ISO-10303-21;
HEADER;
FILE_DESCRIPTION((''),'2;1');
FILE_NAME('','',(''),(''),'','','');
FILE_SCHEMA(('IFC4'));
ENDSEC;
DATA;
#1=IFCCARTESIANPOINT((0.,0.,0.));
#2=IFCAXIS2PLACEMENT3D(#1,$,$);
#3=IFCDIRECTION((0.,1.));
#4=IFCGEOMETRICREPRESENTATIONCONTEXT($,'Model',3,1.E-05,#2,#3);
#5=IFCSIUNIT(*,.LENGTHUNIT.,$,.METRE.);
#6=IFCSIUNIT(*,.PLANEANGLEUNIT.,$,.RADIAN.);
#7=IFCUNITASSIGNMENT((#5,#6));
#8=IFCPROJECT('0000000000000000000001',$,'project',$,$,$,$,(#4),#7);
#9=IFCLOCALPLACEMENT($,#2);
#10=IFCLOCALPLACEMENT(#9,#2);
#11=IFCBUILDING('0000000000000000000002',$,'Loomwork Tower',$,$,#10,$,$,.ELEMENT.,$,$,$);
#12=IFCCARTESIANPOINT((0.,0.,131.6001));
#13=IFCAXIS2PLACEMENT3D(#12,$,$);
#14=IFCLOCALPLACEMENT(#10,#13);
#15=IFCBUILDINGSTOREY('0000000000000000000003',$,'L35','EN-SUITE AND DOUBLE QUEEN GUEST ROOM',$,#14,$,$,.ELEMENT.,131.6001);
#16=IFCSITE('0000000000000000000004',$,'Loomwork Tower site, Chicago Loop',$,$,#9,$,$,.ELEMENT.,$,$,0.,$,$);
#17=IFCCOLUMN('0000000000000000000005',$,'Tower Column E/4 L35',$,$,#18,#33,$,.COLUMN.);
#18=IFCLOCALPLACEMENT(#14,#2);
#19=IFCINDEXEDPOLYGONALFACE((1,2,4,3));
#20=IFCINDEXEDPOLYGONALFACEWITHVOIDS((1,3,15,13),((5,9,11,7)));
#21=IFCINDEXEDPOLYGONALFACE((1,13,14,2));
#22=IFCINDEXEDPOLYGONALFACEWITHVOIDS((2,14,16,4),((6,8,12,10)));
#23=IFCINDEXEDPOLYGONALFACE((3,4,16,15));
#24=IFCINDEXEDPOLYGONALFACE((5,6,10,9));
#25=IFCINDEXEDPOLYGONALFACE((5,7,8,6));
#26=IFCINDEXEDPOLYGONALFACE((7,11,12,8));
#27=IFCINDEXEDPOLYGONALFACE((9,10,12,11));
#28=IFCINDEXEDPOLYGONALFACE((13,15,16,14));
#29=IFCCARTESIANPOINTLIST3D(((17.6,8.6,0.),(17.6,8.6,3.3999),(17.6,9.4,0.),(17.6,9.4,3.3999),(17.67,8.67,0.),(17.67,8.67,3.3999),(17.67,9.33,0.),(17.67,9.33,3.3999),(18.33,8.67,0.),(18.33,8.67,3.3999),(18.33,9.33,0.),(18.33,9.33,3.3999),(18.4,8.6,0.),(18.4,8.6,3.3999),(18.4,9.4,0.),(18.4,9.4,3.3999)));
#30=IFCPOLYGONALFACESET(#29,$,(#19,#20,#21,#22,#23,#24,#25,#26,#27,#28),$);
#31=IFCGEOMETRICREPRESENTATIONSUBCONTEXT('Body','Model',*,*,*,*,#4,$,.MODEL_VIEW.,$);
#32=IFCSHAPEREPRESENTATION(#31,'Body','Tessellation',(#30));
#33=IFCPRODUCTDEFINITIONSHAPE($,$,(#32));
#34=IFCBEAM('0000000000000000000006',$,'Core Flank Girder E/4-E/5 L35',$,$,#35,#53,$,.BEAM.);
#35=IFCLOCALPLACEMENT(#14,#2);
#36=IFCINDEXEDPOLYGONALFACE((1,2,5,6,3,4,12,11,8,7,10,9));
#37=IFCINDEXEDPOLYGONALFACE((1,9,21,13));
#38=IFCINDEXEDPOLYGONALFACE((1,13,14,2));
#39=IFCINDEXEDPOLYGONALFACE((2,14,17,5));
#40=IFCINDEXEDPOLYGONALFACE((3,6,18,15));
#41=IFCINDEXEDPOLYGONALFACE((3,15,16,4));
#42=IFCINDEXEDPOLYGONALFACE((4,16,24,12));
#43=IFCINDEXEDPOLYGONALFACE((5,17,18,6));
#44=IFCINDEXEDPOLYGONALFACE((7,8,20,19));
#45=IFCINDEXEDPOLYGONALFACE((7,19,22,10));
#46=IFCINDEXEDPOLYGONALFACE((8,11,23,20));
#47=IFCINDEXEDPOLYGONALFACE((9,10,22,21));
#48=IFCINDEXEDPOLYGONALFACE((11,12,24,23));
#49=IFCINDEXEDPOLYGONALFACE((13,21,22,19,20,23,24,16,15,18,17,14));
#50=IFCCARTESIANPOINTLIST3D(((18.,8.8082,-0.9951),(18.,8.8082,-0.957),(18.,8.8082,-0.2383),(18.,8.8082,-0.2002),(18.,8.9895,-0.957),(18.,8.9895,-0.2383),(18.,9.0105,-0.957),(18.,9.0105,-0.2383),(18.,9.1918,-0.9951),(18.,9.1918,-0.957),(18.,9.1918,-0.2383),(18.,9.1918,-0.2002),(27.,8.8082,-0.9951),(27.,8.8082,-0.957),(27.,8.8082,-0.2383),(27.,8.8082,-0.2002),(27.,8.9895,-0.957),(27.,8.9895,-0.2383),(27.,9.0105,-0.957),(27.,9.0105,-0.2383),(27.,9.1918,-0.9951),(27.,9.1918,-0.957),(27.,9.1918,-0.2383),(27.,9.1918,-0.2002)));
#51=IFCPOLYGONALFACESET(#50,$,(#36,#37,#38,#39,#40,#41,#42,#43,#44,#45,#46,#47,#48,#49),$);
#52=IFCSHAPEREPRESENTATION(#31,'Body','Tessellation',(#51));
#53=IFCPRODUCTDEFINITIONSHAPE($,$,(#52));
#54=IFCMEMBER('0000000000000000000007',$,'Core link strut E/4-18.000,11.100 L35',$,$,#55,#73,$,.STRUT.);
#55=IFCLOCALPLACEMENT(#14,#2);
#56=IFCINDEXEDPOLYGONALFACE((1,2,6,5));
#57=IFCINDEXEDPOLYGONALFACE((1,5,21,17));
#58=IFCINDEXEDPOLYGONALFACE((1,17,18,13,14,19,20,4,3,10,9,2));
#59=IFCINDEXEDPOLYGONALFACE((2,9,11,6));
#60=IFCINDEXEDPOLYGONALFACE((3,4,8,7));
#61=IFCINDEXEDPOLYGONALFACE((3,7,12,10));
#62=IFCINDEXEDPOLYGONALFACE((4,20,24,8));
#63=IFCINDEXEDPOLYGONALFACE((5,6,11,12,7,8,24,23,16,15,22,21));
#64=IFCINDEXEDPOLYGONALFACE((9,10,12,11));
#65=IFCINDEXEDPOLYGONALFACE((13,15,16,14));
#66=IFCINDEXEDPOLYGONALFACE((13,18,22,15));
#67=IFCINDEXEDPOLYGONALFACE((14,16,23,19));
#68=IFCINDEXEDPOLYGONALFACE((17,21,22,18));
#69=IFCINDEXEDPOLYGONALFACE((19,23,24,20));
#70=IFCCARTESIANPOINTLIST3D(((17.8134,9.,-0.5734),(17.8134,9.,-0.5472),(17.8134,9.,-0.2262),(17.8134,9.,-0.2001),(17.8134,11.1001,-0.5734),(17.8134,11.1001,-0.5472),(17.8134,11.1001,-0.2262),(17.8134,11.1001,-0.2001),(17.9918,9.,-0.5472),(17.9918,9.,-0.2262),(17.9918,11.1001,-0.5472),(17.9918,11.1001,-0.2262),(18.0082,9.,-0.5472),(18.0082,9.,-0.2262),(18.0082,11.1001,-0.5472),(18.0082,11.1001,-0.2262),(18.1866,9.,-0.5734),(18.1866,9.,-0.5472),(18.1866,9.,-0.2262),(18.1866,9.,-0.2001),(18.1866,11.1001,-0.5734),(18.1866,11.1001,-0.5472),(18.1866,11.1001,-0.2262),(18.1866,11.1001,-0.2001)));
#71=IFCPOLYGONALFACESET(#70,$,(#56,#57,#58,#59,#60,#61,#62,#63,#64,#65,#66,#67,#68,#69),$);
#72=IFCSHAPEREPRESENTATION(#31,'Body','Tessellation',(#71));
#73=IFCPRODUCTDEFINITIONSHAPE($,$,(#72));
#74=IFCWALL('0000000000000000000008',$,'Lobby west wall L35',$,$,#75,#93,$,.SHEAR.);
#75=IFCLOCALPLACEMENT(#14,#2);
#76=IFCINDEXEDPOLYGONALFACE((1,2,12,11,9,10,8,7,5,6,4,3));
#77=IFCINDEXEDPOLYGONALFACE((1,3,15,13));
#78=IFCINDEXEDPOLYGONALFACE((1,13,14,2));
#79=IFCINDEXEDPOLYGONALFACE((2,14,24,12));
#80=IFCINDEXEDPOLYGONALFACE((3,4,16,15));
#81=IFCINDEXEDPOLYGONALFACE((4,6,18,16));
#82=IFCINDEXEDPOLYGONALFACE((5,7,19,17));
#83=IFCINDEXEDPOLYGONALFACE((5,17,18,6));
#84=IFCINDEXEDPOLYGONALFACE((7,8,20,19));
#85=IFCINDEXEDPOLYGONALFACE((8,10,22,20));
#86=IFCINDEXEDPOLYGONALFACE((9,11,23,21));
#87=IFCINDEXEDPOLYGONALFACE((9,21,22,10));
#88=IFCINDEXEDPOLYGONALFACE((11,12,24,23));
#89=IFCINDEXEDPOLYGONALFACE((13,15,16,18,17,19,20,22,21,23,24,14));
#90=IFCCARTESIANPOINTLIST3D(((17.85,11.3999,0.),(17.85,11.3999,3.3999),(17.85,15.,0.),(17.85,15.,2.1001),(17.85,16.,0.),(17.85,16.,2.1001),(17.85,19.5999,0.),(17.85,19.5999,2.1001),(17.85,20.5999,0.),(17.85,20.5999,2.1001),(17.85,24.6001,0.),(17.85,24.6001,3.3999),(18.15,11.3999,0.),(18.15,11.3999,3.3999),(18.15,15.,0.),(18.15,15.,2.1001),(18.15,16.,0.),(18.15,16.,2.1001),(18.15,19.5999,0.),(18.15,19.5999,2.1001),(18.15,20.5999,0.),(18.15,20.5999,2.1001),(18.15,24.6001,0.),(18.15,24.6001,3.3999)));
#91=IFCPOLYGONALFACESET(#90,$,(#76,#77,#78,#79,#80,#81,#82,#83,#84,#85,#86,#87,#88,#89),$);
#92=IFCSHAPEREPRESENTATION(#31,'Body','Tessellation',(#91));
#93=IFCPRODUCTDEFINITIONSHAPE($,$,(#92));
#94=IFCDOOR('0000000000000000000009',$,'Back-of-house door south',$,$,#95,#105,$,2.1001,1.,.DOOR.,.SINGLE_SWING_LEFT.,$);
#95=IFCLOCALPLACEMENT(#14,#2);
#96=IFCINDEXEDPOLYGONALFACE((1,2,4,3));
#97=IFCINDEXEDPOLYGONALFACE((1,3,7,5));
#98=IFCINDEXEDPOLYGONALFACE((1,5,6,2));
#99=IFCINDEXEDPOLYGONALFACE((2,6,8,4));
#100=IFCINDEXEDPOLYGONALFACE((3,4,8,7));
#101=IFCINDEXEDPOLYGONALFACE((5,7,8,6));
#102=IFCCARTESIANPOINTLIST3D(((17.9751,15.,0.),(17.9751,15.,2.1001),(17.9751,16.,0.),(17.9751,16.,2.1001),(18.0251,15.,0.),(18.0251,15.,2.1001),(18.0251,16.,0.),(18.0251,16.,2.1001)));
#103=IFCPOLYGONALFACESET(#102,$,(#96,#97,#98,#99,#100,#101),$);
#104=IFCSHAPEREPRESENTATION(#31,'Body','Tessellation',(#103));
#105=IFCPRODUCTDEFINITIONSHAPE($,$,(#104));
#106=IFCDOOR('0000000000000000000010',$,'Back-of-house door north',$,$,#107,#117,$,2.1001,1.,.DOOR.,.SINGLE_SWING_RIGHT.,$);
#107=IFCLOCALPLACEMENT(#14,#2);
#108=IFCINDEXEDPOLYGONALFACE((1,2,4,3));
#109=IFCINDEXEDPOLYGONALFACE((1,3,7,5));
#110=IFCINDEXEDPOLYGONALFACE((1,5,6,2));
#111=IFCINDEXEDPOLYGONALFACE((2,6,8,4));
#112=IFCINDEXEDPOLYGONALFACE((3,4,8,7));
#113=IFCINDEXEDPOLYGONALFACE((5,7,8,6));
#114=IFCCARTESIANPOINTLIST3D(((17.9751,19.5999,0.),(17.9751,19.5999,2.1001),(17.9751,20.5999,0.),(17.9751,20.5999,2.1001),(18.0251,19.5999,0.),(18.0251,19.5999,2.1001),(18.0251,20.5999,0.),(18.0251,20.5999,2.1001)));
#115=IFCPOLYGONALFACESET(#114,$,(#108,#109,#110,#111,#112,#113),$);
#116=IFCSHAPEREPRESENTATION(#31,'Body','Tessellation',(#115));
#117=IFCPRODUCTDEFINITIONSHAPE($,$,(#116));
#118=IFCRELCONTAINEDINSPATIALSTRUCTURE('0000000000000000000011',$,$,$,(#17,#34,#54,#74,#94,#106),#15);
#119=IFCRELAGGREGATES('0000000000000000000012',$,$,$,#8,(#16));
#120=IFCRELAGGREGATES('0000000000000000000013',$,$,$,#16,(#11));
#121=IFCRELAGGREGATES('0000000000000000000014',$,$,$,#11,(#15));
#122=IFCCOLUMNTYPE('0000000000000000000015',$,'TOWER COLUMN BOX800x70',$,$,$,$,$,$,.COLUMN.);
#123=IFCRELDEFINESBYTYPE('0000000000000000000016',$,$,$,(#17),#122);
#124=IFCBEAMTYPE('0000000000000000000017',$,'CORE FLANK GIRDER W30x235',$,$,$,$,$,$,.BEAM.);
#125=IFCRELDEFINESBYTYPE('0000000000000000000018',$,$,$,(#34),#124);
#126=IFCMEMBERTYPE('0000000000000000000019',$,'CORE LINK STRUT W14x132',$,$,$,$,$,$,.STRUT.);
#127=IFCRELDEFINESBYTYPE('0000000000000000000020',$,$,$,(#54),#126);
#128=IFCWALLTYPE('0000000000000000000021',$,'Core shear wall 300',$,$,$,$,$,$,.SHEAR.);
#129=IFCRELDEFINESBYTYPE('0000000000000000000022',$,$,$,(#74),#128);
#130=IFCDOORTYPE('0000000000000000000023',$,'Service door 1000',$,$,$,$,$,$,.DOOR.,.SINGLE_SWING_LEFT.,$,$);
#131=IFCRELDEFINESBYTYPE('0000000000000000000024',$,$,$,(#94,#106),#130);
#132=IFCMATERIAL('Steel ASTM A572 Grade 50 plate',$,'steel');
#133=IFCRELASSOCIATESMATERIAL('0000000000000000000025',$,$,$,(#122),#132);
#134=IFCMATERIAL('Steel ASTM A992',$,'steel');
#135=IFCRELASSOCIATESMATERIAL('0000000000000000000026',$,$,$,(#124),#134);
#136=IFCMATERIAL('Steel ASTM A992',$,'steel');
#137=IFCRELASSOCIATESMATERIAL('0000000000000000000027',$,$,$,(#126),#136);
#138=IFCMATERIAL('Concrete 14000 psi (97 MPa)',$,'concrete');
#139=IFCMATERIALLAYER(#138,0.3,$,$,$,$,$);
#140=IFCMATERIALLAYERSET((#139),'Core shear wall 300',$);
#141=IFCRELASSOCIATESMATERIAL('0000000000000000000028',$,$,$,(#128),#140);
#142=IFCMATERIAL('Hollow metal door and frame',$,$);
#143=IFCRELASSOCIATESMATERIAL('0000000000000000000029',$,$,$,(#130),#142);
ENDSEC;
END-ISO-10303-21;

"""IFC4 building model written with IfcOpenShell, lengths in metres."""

from ifc_helpers import new_model, si_unit, direction, frame, frame_2d, origin, origin_2d, place, context, subcontext, project, spatial, rectangle, hollow_rectangle, i_section, extrude, material, layer, layer_set, material_profile, profile_set, type_object, element, fill, save


model = new_model("IFC4")

# Units and contexts
model_context = context("Model", 3, precision=1e-05, world=origin(), true_north=direction((0.0, 1.0)))
body_context = subcontext(model_context, "Body", "Model", "MODEL_VIEW")
ifc_project = project(units=[si_unit("LENGTHUNIT", "METRE"), si_unit("PLANEANGLEUNIT", "RADIAN")], contexts=[model_context])

# Site, building, storey
site_placement = place(None, origin())
site = spatial("IfcSite", under=ifc_project, at=site_placement, Name="Loomwork Tower site, Chicago Loop", CompositionType="ELEMENT", RefElevation=0.0)
building_placement = place(site_placement, origin())
building = spatial("IfcBuilding", under=site, at=building_placement, Name="Loomwork Tower", CompositionType="ELEMENT")
storey_placement = place(building_placement, frame((0.0, 0.0, 131.6001)))
storey = spatial("IfcBuildingStorey", under=building, at=storey_placement, Name="L35", Description="EN-SUITE AND DOUBLE QUEEN GUEST ROOM", CompositionType="ELEMENT", Elevation=131.6001)

# Column
ifc_material_1 = material(Name="Steel ASTM A572 Grade 50 plate", Category="steel")
ifc_material_profile_1 = material_profile(ifc_material_1, hollow_rectangle(XDim=0.8, YDim=0.8, WallThickness=0.0701, at=origin_2d()), Name="BOX800x70")
ifc_profile_set_1 = profile_set([ifc_material_profile_1], Name="Steel ASTM A572 Grade 50 plate")
column_type = type_object("IfcColumnType", Name="TOWER COLUMN BOX800x70", PredefinedType="COLUMN", material=ifc_profile_set_1)
column_placement = place(storey_placement, frame((18.0, 9.0, 0.0), z_axis=(0.0, 0.0, 1.0), x_axis=(1.0, 0.0, 0.0)))
element("IfcColumn", 1, at=column_placement, inside=storey, type_object=column_type, Name="Tower Column E/4 L35", PredefinedType="COLUMN", context=body_context, shape_type="SweptSolid", body=[
    extrude(hollow_rectangle(XDim=0.8, YDim=0.8, WallThickness=0.0701, at=origin_2d()), origin(), (0.0, 0.0, 1.0), 3.3999),
])

# Beam
ifc_material_2 = material(Name="Steel ASTM A992", Category="steel")
ifc_material_profile_2 = material_profile(ifc_material_2, i_section(OverallWidth=0.3835, OverallDepth=0.7949, WebThickness=0.021, FlangeThickness=0.0381, at=origin_2d()), Name="W30x235")
ifc_profile_set_2 = profile_set([ifc_material_profile_2], Name="Steel ASTM A992")
beam_type = type_object("IfcBeamType", Name="CORE FLANK GIRDER W30x235", PredefinedType="BEAM", material=ifc_profile_set_2)
beam_placement = place(storey_placement, frame((18.0, 9.0, -0.5977), z_axis=(1.0, 0.0, 0.0), x_axis=(0.0, 1.0, 0.0)))
element("IfcBeam", 2, at=beam_placement, inside=storey, type_object=beam_type, Name="Core Flank Girder E/4-E/5 L35", PredefinedType="BEAM", context=body_context, shape_type="SweptSolid", body=[
    extrude(i_section(OverallWidth=0.3835, OverallDepth=0.7949, WebThickness=0.021, FlangeThickness=0.0381, at=origin_2d()), origin(), (0.0, 0.0, 1.0), 9.0),
])

# Member
ifc_material_3 = material(Name="Steel ASTM A992", Category="steel")
ifc_material_profile_3 = material_profile(ifc_material_3, i_section(OverallWidth=0.3733, OverallDepth=0.3733, WebThickness=0.0164, FlangeThickness=0.0261, at=origin_2d()), Name="W14x132")
ifc_profile_set_3 = profile_set([ifc_material_profile_3], Name="Steel ASTM A992")
member_type = type_object("IfcMemberType", Name="CORE LINK STRUT W14x132", PredefinedType="STRUT", material=ifc_profile_set_3)
member_placement = place(storey_placement, frame((18.0, 9.0, -0.3867), z_axis=(0.0, 1.0, 0.0), x_axis=(-1.0, 0.0, 0.0)))
element("IfcMember", 3, at=member_placement, inside=storey, type_object=member_type, Name="Core link strut E/4-18.000,11.100 L35", PredefinedType="STRUT", context=body_context, shape_type="SweptSolid", body=[
    extrude(i_section(OverallWidth=0.3733, OverallDepth=0.3733, WebThickness=0.0164, FlangeThickness=0.0261, at=origin_2d()), origin(), (0.0, 0.0, 1.0), 2.1001),
])

# Wall, openings, doors
ifc_material_4 = material(Name="Concrete 14000 psi (97 MPa)", Category="concrete")
ifc_layer_1 = layer(ifc_material_4, 0.3)
ifc_layer_set_1 = layer_set([ifc_layer_1], Name="Core shear wall 300")
wall_type_1 = type_object("IfcWallType", Name="Core shear wall 300", PredefinedType="SHEAR", material=ifc_layer_set_1)
wall_1_placement = place(storey_placement, frame((18.0, 11.3999, 0.0), z_axis=(0.0, 0.0, 1.0), x_axis=(0.0, 1.0, 0.0)))
wall_1 = element("IfcWall", 4, at=wall_1_placement, inside=storey, type_object=wall_type_1, Name="Lobby west wall L35", PredefinedType="SHEAR", context=body_context, shape_type="SweptSolid", body=[
    extrude(rectangle(XDim=13.2002, YDim=0.3, at=frame_2d((6.6001, 0.0))), origin(), (0.0, 0.0, 1.0), 3.3999),
])
opening_1_placement = place(wall_1_placement, frame((3.6001, 0.0, 0.0)))
opening_1 = element("IfcOpeningElement", 5, at=opening_1_placement, cuts=wall_1, PredefinedType="OPENING", context=body_context, shape_type="SweptSolid", body=[
    extrude(rectangle(XDim=1.0, YDim=2.1001, at=frame_2d((0.5, 1.05))), frame((0.0, 0.1599, 0.0), z_axis=(0.0, -1.0, 0.0), x_axis=(1.0, 0.0, 0.0)), (0.0, 0.0, 1.0), 0.3201),
])
opening_2_placement = place(wall_1_placement, frame((8.2, 0.0, 0.0)))
opening_2 = element("IfcOpeningElement", 6, at=opening_2_placement, cuts=wall_1, PredefinedType="OPENING", context=body_context, shape_type="SweptSolid", body=[
    extrude(rectangle(XDim=1.0, YDim=2.1001, at=frame_2d((0.5, 1.05))), frame((0.0, 0.1599, 0.0), z_axis=(0.0, -1.0, 0.0), x_axis=(1.0, 0.0, 0.0)), (0.0, 0.0, 1.0), 0.3201),
])
ifc_material_5 = material(Name="Hollow metal door and frame")
door_type_1 = type_object("IfcDoorType", Name="Service door 1000", OperationType="SINGLE_SWING_LEFT", PredefinedType="DOOR", material=ifc_material_5)
door_1_placement = place(opening_1_placement, origin())
door_1 = element("IfcDoor", 7, at=door_1_placement, inside=storey, type_object=door_type_1, Name="Back-of-house door south", OperationType="SINGLE_SWING_LEFT", OverallHeight=2.1001, OverallWidth=1.0, PredefinedType="DOOR", context=body_context, shape_type="SweptSolid", body=[
    extrude(rectangle(XDim=1.0, YDim=2.1001, at=frame_2d((0.5, 1.05))), frame((0.0, 0.0249, 0.0), z_axis=(0.0, -1.0, 0.0), x_axis=(1.0, 0.0, 0.0)), (0.0, 0.0, 1.0), 0.05),
])
fill(opening_1, door_1)
door_2_placement = place(opening_2_placement, origin())
door_2 = element("IfcDoor", 8, at=door_2_placement, inside=storey, type_object=door_type_1, Name="Back-of-house door north", OperationType="SINGLE_SWING_RIGHT", OverallHeight=2.1001, OverallWidth=1.0, PredefinedType="DOOR", context=body_context, shape_type="SweptSolid", body=[
    extrude(rectangle(XDim=1.0, YDim=2.1001, at=frame_2d((0.5, 1.05))), frame((0.0, 0.0249, 0.0), z_axis=(0.0, -1.0, 0.0), x_axis=(1.0, 0.0, 0.0)), (0.0, 0.0, 1.0), 0.05),
])
fill(opening_2, door_2)

save(model, "model.ifc")
